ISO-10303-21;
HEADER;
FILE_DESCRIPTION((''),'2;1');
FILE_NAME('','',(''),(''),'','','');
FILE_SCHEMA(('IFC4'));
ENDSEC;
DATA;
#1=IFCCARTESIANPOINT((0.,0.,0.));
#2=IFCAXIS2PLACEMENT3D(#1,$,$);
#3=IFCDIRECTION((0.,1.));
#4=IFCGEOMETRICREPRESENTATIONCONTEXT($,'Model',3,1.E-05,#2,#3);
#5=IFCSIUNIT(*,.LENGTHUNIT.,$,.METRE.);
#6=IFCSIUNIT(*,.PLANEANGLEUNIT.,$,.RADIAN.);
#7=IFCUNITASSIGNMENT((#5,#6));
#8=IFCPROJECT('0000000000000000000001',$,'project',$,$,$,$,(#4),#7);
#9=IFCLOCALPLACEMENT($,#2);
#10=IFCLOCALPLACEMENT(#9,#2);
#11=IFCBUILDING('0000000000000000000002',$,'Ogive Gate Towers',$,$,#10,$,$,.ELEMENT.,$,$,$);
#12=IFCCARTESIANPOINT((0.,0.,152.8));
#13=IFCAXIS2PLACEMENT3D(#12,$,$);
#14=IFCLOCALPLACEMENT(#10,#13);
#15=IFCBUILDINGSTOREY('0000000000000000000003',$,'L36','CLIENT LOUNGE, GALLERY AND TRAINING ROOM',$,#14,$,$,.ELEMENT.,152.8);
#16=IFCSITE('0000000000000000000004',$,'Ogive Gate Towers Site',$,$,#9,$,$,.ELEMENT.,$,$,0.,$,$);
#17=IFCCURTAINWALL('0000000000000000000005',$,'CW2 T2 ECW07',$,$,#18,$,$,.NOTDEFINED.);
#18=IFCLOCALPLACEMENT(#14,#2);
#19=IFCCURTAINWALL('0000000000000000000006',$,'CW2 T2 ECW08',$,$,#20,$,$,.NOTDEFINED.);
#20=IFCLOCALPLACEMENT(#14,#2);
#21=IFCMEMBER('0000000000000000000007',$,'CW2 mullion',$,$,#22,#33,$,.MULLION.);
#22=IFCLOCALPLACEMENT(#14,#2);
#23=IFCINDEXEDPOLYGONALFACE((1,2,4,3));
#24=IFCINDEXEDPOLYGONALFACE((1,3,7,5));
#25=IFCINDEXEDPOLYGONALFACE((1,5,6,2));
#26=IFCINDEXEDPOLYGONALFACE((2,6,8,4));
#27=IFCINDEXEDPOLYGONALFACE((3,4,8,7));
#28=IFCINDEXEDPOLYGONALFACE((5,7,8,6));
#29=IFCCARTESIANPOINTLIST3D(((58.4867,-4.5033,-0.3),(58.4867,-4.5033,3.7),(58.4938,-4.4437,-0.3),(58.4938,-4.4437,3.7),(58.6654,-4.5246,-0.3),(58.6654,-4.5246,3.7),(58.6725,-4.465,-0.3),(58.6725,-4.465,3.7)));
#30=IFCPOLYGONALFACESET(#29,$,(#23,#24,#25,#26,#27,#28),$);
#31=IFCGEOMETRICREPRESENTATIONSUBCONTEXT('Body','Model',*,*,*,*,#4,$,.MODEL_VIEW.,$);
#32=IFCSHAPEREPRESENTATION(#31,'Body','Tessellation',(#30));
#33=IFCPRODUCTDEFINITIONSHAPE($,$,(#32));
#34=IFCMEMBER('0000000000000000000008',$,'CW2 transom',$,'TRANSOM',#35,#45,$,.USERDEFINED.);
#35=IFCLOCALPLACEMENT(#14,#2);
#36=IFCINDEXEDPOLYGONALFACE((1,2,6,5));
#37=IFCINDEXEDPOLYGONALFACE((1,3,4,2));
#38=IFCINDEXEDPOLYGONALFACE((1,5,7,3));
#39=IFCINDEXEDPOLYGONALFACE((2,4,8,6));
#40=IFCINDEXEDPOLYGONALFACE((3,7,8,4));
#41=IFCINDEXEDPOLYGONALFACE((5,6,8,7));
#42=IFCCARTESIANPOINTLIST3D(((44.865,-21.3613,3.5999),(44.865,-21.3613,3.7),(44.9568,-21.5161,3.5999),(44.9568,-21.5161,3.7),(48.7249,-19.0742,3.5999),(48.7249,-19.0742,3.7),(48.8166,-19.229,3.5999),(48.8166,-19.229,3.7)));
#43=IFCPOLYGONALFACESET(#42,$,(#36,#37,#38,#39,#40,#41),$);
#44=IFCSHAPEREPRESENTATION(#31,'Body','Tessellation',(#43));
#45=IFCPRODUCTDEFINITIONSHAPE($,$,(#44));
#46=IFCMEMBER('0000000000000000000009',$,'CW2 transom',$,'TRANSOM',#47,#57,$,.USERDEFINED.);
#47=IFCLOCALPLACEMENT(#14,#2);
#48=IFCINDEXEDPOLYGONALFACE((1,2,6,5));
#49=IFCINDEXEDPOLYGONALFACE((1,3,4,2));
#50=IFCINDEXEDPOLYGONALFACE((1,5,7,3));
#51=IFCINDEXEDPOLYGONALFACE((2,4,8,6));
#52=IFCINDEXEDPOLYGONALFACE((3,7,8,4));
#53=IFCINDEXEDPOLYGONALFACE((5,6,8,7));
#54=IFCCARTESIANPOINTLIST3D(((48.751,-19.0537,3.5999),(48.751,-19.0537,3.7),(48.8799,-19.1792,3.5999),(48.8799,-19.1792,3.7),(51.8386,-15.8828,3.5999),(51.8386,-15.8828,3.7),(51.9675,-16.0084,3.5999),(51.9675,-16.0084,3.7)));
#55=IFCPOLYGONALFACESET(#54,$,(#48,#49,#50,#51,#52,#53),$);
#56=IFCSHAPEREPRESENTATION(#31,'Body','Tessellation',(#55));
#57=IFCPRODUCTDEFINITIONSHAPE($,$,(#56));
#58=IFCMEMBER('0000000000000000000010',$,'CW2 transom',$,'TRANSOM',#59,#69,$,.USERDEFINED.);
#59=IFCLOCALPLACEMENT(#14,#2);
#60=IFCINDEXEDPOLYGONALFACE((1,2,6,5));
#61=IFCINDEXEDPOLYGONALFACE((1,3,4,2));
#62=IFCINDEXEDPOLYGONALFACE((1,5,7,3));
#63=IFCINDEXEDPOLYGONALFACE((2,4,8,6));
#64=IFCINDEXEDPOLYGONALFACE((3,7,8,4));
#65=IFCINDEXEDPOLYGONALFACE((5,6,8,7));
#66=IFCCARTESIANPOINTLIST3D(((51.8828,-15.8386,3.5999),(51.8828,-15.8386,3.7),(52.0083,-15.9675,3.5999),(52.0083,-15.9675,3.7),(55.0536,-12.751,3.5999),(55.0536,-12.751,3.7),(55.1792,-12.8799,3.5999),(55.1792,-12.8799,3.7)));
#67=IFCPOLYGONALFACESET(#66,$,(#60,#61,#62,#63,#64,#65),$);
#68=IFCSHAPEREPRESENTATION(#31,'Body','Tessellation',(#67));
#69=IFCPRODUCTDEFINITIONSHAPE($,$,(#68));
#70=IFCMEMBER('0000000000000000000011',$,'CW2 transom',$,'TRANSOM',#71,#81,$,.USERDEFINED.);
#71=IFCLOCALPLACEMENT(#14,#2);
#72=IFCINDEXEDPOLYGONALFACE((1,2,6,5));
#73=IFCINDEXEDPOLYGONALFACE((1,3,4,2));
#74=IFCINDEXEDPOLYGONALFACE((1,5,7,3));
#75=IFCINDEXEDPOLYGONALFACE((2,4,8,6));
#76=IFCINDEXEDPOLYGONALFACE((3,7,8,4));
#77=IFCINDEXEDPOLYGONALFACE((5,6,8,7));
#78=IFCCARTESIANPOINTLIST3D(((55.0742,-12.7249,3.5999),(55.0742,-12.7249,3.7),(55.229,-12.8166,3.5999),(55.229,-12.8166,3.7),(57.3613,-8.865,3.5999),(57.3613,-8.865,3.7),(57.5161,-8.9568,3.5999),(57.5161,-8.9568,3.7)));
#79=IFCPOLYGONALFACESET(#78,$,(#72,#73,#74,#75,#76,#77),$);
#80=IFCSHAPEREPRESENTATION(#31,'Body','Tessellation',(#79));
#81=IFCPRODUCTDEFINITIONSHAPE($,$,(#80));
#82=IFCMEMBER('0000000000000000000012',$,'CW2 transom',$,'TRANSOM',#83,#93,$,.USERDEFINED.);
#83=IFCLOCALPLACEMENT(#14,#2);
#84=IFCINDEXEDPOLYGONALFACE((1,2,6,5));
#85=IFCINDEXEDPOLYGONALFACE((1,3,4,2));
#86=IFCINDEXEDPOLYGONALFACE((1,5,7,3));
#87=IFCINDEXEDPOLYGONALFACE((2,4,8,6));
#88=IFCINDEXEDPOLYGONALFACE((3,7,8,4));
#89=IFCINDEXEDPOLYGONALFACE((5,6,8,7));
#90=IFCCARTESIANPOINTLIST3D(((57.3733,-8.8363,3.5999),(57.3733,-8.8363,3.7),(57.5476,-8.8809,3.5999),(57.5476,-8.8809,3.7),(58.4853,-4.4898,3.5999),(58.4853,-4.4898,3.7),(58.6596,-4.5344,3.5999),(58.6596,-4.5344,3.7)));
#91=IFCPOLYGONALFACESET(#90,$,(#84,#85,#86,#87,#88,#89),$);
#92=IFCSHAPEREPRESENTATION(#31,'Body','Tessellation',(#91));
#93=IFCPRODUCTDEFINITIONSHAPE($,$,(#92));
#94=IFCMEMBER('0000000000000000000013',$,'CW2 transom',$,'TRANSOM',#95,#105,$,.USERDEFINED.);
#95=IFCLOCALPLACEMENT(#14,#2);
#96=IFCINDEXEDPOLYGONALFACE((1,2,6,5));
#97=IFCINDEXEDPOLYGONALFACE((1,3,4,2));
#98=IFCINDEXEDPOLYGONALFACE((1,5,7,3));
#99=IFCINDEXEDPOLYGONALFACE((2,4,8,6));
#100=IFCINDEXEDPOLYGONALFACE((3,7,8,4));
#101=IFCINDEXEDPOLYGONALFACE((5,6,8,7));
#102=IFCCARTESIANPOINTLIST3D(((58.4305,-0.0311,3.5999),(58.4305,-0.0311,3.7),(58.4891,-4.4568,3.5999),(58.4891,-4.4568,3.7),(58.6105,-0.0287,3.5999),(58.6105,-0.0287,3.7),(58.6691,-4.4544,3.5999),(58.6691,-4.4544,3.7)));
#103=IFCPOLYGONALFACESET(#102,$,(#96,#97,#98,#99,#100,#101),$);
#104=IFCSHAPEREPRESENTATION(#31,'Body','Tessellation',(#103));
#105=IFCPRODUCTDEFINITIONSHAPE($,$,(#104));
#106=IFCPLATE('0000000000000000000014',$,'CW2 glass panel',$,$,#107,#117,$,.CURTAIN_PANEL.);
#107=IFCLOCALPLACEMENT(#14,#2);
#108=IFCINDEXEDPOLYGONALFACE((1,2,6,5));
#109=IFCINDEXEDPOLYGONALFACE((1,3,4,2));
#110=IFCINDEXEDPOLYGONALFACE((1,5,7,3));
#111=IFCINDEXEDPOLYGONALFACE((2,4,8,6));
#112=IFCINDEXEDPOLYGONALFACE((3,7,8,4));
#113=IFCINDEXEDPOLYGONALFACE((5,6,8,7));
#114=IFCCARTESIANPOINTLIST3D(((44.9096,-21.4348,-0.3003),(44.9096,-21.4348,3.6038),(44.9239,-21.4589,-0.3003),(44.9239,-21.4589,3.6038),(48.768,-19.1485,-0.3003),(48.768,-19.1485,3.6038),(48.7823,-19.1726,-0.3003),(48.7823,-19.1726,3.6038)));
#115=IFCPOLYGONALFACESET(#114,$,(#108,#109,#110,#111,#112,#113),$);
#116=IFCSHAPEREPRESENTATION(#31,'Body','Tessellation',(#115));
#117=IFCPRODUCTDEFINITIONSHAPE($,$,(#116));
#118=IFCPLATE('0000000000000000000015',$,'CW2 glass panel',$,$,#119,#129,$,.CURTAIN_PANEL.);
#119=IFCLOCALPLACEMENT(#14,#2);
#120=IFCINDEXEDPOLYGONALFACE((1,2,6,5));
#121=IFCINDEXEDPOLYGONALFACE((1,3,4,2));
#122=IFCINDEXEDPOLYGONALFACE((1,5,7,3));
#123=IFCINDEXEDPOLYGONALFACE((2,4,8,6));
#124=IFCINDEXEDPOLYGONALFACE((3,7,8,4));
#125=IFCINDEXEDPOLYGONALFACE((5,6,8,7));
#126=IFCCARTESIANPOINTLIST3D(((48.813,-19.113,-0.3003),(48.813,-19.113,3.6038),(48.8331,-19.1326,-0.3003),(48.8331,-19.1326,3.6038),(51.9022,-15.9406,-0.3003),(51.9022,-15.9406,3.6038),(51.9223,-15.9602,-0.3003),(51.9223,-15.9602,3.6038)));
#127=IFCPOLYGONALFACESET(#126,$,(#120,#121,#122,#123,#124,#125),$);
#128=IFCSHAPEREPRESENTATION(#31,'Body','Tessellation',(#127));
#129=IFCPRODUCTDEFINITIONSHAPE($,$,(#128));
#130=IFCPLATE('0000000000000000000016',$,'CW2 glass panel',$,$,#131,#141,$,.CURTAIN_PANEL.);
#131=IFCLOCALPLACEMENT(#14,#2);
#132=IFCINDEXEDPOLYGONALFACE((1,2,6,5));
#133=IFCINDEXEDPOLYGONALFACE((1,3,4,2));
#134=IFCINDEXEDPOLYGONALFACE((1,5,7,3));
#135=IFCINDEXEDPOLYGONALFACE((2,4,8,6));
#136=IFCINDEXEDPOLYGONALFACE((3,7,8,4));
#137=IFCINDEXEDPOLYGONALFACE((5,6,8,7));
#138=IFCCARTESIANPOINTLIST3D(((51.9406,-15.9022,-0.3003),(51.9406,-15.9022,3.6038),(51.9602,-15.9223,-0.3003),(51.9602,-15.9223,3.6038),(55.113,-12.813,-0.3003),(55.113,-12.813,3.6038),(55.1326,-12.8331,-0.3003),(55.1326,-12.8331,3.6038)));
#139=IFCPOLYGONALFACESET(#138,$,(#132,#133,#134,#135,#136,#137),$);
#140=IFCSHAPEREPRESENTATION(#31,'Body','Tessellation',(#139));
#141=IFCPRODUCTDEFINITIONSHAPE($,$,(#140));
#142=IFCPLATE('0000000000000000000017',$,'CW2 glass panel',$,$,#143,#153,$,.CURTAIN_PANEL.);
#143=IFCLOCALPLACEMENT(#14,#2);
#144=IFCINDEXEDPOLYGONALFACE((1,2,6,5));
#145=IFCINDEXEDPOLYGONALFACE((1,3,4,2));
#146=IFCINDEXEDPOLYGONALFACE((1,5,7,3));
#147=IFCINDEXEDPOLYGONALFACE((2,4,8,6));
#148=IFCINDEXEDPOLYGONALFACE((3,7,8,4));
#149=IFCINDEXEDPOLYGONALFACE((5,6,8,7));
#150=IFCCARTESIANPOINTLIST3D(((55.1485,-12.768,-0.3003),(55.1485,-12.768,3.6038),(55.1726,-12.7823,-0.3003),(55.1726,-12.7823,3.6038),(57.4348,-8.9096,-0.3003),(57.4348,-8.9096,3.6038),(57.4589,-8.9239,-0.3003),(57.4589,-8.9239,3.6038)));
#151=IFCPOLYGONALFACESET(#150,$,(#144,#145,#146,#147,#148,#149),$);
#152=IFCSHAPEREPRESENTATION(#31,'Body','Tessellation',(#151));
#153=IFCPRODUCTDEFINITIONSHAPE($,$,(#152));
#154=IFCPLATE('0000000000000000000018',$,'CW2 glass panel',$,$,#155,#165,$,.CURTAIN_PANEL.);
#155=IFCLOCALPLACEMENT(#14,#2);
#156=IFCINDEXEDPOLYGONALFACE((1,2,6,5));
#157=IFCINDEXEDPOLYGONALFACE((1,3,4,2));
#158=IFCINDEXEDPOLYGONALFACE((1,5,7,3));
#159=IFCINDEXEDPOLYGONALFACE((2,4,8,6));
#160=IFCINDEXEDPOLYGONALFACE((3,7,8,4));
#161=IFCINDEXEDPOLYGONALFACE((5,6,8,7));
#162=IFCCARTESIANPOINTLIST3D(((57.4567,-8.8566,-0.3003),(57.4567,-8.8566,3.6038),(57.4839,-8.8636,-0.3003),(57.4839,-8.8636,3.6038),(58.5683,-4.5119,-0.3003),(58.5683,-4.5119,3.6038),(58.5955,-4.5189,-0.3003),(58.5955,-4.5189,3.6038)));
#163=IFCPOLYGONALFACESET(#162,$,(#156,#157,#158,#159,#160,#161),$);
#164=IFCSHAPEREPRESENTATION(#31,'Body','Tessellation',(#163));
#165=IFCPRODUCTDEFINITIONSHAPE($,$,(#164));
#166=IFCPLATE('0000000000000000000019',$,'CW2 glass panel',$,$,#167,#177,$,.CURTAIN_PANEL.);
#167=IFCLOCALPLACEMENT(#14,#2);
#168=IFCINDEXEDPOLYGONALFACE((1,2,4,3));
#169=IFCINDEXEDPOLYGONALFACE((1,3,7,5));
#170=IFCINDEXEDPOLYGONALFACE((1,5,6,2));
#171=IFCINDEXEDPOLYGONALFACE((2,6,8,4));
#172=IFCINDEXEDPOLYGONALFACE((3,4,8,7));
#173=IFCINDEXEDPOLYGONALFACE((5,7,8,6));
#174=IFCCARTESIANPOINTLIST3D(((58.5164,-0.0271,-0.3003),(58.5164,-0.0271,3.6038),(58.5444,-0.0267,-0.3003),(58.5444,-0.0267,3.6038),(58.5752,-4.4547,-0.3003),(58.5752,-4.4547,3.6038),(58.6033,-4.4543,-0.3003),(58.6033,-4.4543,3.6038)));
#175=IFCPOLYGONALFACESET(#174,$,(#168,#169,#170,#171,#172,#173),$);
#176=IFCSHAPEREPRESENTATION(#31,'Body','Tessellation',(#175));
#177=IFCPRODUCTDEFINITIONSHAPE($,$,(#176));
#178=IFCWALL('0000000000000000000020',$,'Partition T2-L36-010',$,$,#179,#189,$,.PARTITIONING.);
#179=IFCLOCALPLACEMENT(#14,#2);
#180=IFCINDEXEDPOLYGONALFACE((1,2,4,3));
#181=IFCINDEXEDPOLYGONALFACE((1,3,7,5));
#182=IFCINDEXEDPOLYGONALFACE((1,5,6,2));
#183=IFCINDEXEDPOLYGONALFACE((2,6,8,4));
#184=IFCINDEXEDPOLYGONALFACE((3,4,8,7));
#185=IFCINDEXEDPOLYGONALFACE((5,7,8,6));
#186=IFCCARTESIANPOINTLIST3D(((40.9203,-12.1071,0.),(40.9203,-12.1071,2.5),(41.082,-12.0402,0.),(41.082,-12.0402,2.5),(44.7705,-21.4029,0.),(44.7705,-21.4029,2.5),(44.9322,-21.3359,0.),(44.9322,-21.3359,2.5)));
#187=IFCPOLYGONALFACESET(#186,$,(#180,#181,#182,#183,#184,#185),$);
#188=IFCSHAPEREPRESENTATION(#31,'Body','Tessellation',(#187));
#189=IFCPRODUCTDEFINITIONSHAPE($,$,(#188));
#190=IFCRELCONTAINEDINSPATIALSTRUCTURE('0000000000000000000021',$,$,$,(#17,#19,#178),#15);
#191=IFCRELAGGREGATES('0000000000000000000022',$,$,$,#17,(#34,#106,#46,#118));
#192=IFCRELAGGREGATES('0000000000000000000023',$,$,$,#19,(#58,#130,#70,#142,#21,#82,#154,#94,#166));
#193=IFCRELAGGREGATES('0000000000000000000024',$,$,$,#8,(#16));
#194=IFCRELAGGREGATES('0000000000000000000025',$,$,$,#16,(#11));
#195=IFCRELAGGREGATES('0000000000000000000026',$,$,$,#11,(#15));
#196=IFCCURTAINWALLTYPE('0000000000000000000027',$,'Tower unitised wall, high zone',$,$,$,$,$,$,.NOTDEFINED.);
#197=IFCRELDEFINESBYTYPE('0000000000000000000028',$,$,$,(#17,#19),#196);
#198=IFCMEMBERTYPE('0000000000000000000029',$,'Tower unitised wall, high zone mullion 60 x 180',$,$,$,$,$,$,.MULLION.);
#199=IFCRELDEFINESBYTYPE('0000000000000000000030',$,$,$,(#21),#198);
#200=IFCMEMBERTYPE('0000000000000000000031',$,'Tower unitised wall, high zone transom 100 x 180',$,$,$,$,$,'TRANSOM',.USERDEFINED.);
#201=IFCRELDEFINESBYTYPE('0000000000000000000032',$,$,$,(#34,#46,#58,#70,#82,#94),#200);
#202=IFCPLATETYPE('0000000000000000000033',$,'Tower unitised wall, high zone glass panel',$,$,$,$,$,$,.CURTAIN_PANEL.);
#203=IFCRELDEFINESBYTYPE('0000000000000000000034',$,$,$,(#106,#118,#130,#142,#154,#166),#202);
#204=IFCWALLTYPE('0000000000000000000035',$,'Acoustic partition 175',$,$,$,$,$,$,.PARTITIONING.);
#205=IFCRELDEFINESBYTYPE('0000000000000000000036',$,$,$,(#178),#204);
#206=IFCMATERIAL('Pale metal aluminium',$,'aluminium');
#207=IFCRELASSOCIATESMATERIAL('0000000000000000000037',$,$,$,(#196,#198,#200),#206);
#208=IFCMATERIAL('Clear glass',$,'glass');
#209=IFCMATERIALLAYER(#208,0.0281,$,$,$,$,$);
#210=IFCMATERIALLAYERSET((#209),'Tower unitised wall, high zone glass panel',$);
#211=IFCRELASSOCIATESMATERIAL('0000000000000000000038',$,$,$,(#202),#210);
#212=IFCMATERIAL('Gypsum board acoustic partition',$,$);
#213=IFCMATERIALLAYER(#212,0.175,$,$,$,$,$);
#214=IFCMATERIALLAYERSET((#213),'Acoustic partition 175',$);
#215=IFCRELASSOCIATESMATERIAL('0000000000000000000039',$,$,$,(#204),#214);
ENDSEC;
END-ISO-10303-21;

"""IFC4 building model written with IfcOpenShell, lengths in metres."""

from ifc_helpers import new_model, si_unit, direction, frame, frame_2d, origin, origin_2d, place, context, subcontext, project, spatial, rectangle, extrude, material, layer, layer_set, material_profile, profile_set, type_object, element, aggregate, save


model = new_model("IFC4")

# Units and contexts
model_context = context("Model", 3, precision=1e-05, world=origin(), true_north=direction((0.0, 1.0)))
body_context = subcontext(model_context, "Body", "Model", "MODEL_VIEW")
ifc_project = project(units=[si_unit("LENGTHUNIT", "METRE"), si_unit("PLANEANGLEUNIT", "RADIAN")], contexts=[model_context])

# Site, building, storey
site_placement = place(None, origin())
site = spatial("IfcSite", under=ifc_project, at=site_placement, Name="Ogive Gate Towers Site", CompositionType="ELEMENT", RefElevation=0.0)
building_placement = place(site_placement, origin())
building = spatial("IfcBuilding", under=site, at=building_placement, Name="Ogive Gate Towers", CompositionType="ELEMENT")
storey_placement = place(building_placement, frame((0.0, 0.0, 152.8)))
storey = spatial("IfcBuildingStorey", under=building, at=storey_placement, Name="L36", Description="CLIENT LOUNGE, GALLERY AND TRAINING ROOM", CompositionType="ELEMENT", Elevation=152.8)

# Curtain walls, member
ifc_material_1 = material(Name="Pale metal aluminium", Category="aluminium")
curtain_wall_type = type_object("IfcCurtainWallType", Name="Tower unitised wall, high zone", PredefinedType="NOTDEFINED", material=ifc_material_1)
curtain_wall_1_placement = place(storey_placement, origin())
curtain_wall_1 = element("IfcCurtainWall", 1, at=curtain_wall_1_placement, inside=storey, type_object=curtain_wall_type, Name="CW2 T2 ECW07", PredefinedType="NOTDEFINED")
ifc_material_profile_1 = material_profile(ifc_material_1, rectangle(XDim=0.1799, YDim=0.0601, at=origin_2d()), Name="60 x 180 aluminium box")
ifc_profile_set_1 = profile_set([ifc_material_profile_1], Name="Pale metal aluminium")
member_type_1 = type_object("IfcMemberType", Name="Tower unitised wall, high zone mullion 60 x 180", PredefinedType="MULLION", material=ifc_profile_set_1)
curtain_wall_2_placement = place(storey_placement, origin())
curtain_wall_2 = element("IfcCurtainWall", 2, at=curtain_wall_2_placement, inside=storey, type_object=curtain_wall_type, Name="CW2 T2 ECW08", PredefinedType="NOTDEFINED")
member_1_placement = place(storey_placement, frame((58.5796, -4.4841, -0.3), z_axis=(0.0, 0.0, 1.0), x_axis=(0.992976, -0.118317, 0.0)))
member_1 = element("IfcMember", 3, at=member_1_placement, type_object=member_type_1, Name="CW2 mullion", PredefinedType="MULLION", context=body_context, shape_type="SweptSolid", body=[
    extrude(rectangle(XDim=0.1799, YDim=0.0601, at=origin_2d()), origin(), (0.0, 0.0, 1.0), 4.0),
])

# Members
ifc_material_profile_2 = material_profile(ifc_material_1, rectangle(XDim=0.1799, YDim=0.1001, at=origin_2d()), Name="100 x 180 aluminium box")
ifc_profile_set_2 = profile_set([ifc_material_profile_2], Name="Pale metal aluminium")
member_type_2 = type_object("IfcMemberType", Name="Tower unitised wall, high zone transom 100 x 180", ElementType="TRANSOM", PredefinedType="USERDEFINED", material=ifc_profile_set_2)
member_2_placement = place(storey_placement, frame((44.9109, -21.4387, 3.6499), z_axis=(0.860313, 0.509767, 0.0), x_axis=(-0.509767, 0.860313, 0.0)))
member_2 = element("IfcMember", 4, at=member_2_placement, type_object=member_type_2, Name="CW2 transom", ObjectType="TRANSOM", PredefinedType="USERDEFINED", context=body_context, shape_type="SweptSolid", body=[
    extrude(rectangle(XDim=0.1799, YDim=0.1001, at=origin_2d()), origin(), (0.0, 0.0, 1.0), 4.4866),
])
member_3_placement = place(storey_placement, frame((48.8154, -19.1165, 3.6499), z_axis=(0.697639, 0.716449, 0.0), x_axis=(-0.716449, 0.697639, 0.0)))
member_3 = element("IfcMember", 5, at=member_3_placement, type_object=member_type_2, Name="CW2 transom", ObjectType="TRANSOM", PredefinedType="USERDEFINED", context=body_context, shape_type="SweptSolid", body=[
    extrude(rectangle(XDim=0.1799, YDim=0.1001, at=origin_2d()), origin(), (0.0, 0.0, 1.0), 4.4258),
])
member_4_placement = place(storey_placement, frame((51.9456, -15.9031, 3.6499), z_axis=(0.716449, 0.697639, 0.0), x_axis=(-0.697639, 0.716449, 0.0)))
member_4 = element("IfcMember", 6, at=member_4_placement, type_object=member_type_2, Name="CW2 transom", ObjectType="TRANSOM", PredefinedType="USERDEFINED", context=body_context, shape_type="SweptSolid", body=[
    extrude(rectangle(XDim=0.1799, YDim=0.1001, at=origin_2d()), origin(), (0.0, 0.0, 1.0), 4.4258),
])
member_5_placement = place(storey_placement, frame((55.1516, -12.7708, 3.6499), z_axis=(0.509767, 0.860313, 0.0), x_axis=(-0.860313, 0.509767, 0.0)))
member_5 = element("IfcMember", 7, at=member_5_placement, type_object=member_type_2, Name="CW2 transom", ObjectType="TRANSOM", PredefinedType="USERDEFINED", context=body_context, shape_type="SweptSolid", body=[
    extrude(rectangle(XDim=0.1799, YDim=0.1001, at=origin_2d()), origin(), (0.0, 0.0, 1.0), 4.4866),
])
member_6_placement = place(storey_placement, frame((57.4604, -8.8586, 3.6499), z_axis=(0.247858, 0.968796, 0.0), x_axis=(-0.968796, 0.247858, 0.0)))
member_6 = element("IfcMember", 8, at=member_6_placement, type_object=member_type_2, Name="CW2 transom", ObjectType="TRANSOM", PredefinedType="USERDEFINED", context=body_context, shape_type="SweptSolid", body=[
    extrude(rectangle(XDim=0.1799, YDim=0.1001, at=origin_2d()), origin(), (0.0, 0.0, 1.0), 4.4866),
])
member_7_placement = place(storey_placement, frame((58.5791, -4.4556, 3.6499), z_axis=(-0.013239, 0.999912, 0.0), x_axis=(-0.999912, -0.013239, 0.0)))
member_7 = element("IfcMember", 9, at=member_7_placement, type_object=member_type_2, Name="CW2 transom", ObjectType="TRANSOM", PredefinedType="USERDEFINED", context=body_context, shape_type="SweptSolid", body=[
    extrude(rectangle(XDim=0.1799, YDim=0.1001, at=origin_2d()), origin(), (0.0, 0.0, 1.0), 4.426),
])

# Plates
ifc_material_2 = material(Name="Clear glass", Category="glass")
ifc_layer_1 = layer(ifc_material_2, 0.0281)
ifc_layer_set_1 = layer_set([ifc_layer_1], Name="Tower unitised wall, high zone glass panel")
plate_type = type_object("IfcPlateType", Name="Tower unitised wall, high zone glass panel", PredefinedType="CURTAIN_PANEL", material=ifc_layer_set_1)
plate_1_placement = place(storey_placement, frame((46.8459, -20.3037, -0.3003), z_axis=(0.0, 0.0, 1.0), x_axis=(0.860306, 0.509777, 0.0)))
plate_1 = element("IfcPlate", 10, at=plate_1_placement, type_object=plate_type, Name="CW2 glass panel", PredefinedType="CURTAIN_PANEL", context=body_context, shape_type="SweptSolid", body=[
    extrude(rectangle(XDim=4.4849, YDim=0.0281, at=origin_2d()), origin(), (0.0, 0.0, 1.0), 3.9041),
])
plate_2_placement = place(storey_placement, frame((50.3677, -17.5366, -0.3003), z_axis=(0.0, 0.0, 1.0), x_axis=(0.697653, 0.716436, 0.0)))
plate_2 = element("IfcPlate", 11, at=plate_2_placement, type_object=plate_type, Name="CW2 glass panel", PredefinedType="CURTAIN_PANEL", context=body_context, shape_type="SweptSolid", body=[
    extrude(rectangle(XDim=4.428, YDim=0.0281, at=origin_2d()), origin(), (0.0, 0.0, 1.0), 3.9041),
])
aggregate(curtain_wall_1, [member_2, plate_1, member_3, plate_2])
plate_3_placement = place(storey_placement, frame((53.5366, -14.3677, -0.3003), z_axis=(0.0, 0.0, 1.0), x_axis=(0.716436, 0.697653, 0.0)))
plate_3 = element("IfcPlate", 12, at=plate_3_placement, type_object=plate_type, Name="CW2 glass panel", PredefinedType="CURTAIN_PANEL", context=body_context, shape_type="SweptSolid", body=[
    extrude(rectangle(XDim=4.428, YDim=0.0281, at=origin_2d()), origin(), (0.0, 0.0, 1.0), 3.9041),
])
plate_4_placement = place(storey_placement, frame((56.3037, -10.8459, -0.3003), z_axis=(0.0, 0.0, 1.0), x_axis=(0.509777, 0.860306, 0.0)))
plate_4 = element("IfcPlate", 13, at=plate_4_placement, type_object=plate_type, Name="CW2 glass panel", PredefinedType="CURTAIN_PANEL", context=body_context, shape_type="SweptSolid", body=[
    extrude(rectangle(XDim=4.4849, YDim=0.0281, at=origin_2d()), origin(), (0.0, 0.0, 1.0), 3.9041),
])
plate_5_placement = place(storey_placement, frame((58.0261, -6.6877, -0.3003), z_axis=(0.0, 0.0, 1.0), x_axis=(0.247861, 0.968795, 0.0)))
plate_5 = element("IfcPlate", 14, at=plate_5_placement, type_object=plate_type, Name="CW2 glass panel", PredefinedType="CURTAIN_PANEL", context=body_context, shape_type="SweptSolid", body=[
    extrude(rectangle(XDim=4.4846, YDim=0.0281, at=origin_2d()), origin(), (0.0, 0.0, 1.0), 3.9041),
])
plate_6_placement = place(storey_placement, frame((58.5598, -2.2407, -0.3003), z_axis=(0.0, 0.0, 1.0), x_axis=(-0.013282, 0.999912, 0.0)))
plate_6 = element("IfcPlate", 15, at=plate_6_placement, type_object=plate_type, Name="CW2 glass panel", PredefinedType="CURTAIN_PANEL", context=body_context, shape_type="SweptSolid", body=[
    extrude(rectangle(XDim=4.428, YDim=0.0281, at=origin_2d()), origin(), (0.0, 0.0, 1.0), 3.9041),
])
aggregate(curtain_wall_2, [member_4, plate_3, member_5, plate_4, member_1, member_6, plate_5, member_7, plate_6])

# Wall
ifc_material_3 = material(Name="Gypsum board acoustic partition")
ifc_layer_2 = layer(ifc_material_3, 0.175)
ifc_layer_set_2 = layer_set([ifc_layer_2], Name="Acoustic partition 175")
wall_type = type_object("IfcWallType", Name="Acoustic partition 175", PredefinedType="PARTITIONING", material=ifc_layer_set_2)
for number, where, z_axis, x_axis, name in (
    (16, (44.8513, -21.3694, 0.0), (0.0, 0.0, 1.0), (-0.382659, 0.92389, 0.0), "Partition T2-L36-010"),
):
    element("IfcWall", number, at=place(storey_placement, frame(where, z_axis=z_axis, x_axis=x_axis)), inside=storey, type_object=wall_type, Name=name, PredefinedType="PARTITIONING", context=body_context, shape_type="SweptSolid", body=[
        extrude(rectangle(XDim=10.0615, YDim=0.175, at=frame_2d((5.0308, 0.0))), origin(), (0.0, 0.0, 1.0), 2.5),
    ])

save(model, "model.ifc")
